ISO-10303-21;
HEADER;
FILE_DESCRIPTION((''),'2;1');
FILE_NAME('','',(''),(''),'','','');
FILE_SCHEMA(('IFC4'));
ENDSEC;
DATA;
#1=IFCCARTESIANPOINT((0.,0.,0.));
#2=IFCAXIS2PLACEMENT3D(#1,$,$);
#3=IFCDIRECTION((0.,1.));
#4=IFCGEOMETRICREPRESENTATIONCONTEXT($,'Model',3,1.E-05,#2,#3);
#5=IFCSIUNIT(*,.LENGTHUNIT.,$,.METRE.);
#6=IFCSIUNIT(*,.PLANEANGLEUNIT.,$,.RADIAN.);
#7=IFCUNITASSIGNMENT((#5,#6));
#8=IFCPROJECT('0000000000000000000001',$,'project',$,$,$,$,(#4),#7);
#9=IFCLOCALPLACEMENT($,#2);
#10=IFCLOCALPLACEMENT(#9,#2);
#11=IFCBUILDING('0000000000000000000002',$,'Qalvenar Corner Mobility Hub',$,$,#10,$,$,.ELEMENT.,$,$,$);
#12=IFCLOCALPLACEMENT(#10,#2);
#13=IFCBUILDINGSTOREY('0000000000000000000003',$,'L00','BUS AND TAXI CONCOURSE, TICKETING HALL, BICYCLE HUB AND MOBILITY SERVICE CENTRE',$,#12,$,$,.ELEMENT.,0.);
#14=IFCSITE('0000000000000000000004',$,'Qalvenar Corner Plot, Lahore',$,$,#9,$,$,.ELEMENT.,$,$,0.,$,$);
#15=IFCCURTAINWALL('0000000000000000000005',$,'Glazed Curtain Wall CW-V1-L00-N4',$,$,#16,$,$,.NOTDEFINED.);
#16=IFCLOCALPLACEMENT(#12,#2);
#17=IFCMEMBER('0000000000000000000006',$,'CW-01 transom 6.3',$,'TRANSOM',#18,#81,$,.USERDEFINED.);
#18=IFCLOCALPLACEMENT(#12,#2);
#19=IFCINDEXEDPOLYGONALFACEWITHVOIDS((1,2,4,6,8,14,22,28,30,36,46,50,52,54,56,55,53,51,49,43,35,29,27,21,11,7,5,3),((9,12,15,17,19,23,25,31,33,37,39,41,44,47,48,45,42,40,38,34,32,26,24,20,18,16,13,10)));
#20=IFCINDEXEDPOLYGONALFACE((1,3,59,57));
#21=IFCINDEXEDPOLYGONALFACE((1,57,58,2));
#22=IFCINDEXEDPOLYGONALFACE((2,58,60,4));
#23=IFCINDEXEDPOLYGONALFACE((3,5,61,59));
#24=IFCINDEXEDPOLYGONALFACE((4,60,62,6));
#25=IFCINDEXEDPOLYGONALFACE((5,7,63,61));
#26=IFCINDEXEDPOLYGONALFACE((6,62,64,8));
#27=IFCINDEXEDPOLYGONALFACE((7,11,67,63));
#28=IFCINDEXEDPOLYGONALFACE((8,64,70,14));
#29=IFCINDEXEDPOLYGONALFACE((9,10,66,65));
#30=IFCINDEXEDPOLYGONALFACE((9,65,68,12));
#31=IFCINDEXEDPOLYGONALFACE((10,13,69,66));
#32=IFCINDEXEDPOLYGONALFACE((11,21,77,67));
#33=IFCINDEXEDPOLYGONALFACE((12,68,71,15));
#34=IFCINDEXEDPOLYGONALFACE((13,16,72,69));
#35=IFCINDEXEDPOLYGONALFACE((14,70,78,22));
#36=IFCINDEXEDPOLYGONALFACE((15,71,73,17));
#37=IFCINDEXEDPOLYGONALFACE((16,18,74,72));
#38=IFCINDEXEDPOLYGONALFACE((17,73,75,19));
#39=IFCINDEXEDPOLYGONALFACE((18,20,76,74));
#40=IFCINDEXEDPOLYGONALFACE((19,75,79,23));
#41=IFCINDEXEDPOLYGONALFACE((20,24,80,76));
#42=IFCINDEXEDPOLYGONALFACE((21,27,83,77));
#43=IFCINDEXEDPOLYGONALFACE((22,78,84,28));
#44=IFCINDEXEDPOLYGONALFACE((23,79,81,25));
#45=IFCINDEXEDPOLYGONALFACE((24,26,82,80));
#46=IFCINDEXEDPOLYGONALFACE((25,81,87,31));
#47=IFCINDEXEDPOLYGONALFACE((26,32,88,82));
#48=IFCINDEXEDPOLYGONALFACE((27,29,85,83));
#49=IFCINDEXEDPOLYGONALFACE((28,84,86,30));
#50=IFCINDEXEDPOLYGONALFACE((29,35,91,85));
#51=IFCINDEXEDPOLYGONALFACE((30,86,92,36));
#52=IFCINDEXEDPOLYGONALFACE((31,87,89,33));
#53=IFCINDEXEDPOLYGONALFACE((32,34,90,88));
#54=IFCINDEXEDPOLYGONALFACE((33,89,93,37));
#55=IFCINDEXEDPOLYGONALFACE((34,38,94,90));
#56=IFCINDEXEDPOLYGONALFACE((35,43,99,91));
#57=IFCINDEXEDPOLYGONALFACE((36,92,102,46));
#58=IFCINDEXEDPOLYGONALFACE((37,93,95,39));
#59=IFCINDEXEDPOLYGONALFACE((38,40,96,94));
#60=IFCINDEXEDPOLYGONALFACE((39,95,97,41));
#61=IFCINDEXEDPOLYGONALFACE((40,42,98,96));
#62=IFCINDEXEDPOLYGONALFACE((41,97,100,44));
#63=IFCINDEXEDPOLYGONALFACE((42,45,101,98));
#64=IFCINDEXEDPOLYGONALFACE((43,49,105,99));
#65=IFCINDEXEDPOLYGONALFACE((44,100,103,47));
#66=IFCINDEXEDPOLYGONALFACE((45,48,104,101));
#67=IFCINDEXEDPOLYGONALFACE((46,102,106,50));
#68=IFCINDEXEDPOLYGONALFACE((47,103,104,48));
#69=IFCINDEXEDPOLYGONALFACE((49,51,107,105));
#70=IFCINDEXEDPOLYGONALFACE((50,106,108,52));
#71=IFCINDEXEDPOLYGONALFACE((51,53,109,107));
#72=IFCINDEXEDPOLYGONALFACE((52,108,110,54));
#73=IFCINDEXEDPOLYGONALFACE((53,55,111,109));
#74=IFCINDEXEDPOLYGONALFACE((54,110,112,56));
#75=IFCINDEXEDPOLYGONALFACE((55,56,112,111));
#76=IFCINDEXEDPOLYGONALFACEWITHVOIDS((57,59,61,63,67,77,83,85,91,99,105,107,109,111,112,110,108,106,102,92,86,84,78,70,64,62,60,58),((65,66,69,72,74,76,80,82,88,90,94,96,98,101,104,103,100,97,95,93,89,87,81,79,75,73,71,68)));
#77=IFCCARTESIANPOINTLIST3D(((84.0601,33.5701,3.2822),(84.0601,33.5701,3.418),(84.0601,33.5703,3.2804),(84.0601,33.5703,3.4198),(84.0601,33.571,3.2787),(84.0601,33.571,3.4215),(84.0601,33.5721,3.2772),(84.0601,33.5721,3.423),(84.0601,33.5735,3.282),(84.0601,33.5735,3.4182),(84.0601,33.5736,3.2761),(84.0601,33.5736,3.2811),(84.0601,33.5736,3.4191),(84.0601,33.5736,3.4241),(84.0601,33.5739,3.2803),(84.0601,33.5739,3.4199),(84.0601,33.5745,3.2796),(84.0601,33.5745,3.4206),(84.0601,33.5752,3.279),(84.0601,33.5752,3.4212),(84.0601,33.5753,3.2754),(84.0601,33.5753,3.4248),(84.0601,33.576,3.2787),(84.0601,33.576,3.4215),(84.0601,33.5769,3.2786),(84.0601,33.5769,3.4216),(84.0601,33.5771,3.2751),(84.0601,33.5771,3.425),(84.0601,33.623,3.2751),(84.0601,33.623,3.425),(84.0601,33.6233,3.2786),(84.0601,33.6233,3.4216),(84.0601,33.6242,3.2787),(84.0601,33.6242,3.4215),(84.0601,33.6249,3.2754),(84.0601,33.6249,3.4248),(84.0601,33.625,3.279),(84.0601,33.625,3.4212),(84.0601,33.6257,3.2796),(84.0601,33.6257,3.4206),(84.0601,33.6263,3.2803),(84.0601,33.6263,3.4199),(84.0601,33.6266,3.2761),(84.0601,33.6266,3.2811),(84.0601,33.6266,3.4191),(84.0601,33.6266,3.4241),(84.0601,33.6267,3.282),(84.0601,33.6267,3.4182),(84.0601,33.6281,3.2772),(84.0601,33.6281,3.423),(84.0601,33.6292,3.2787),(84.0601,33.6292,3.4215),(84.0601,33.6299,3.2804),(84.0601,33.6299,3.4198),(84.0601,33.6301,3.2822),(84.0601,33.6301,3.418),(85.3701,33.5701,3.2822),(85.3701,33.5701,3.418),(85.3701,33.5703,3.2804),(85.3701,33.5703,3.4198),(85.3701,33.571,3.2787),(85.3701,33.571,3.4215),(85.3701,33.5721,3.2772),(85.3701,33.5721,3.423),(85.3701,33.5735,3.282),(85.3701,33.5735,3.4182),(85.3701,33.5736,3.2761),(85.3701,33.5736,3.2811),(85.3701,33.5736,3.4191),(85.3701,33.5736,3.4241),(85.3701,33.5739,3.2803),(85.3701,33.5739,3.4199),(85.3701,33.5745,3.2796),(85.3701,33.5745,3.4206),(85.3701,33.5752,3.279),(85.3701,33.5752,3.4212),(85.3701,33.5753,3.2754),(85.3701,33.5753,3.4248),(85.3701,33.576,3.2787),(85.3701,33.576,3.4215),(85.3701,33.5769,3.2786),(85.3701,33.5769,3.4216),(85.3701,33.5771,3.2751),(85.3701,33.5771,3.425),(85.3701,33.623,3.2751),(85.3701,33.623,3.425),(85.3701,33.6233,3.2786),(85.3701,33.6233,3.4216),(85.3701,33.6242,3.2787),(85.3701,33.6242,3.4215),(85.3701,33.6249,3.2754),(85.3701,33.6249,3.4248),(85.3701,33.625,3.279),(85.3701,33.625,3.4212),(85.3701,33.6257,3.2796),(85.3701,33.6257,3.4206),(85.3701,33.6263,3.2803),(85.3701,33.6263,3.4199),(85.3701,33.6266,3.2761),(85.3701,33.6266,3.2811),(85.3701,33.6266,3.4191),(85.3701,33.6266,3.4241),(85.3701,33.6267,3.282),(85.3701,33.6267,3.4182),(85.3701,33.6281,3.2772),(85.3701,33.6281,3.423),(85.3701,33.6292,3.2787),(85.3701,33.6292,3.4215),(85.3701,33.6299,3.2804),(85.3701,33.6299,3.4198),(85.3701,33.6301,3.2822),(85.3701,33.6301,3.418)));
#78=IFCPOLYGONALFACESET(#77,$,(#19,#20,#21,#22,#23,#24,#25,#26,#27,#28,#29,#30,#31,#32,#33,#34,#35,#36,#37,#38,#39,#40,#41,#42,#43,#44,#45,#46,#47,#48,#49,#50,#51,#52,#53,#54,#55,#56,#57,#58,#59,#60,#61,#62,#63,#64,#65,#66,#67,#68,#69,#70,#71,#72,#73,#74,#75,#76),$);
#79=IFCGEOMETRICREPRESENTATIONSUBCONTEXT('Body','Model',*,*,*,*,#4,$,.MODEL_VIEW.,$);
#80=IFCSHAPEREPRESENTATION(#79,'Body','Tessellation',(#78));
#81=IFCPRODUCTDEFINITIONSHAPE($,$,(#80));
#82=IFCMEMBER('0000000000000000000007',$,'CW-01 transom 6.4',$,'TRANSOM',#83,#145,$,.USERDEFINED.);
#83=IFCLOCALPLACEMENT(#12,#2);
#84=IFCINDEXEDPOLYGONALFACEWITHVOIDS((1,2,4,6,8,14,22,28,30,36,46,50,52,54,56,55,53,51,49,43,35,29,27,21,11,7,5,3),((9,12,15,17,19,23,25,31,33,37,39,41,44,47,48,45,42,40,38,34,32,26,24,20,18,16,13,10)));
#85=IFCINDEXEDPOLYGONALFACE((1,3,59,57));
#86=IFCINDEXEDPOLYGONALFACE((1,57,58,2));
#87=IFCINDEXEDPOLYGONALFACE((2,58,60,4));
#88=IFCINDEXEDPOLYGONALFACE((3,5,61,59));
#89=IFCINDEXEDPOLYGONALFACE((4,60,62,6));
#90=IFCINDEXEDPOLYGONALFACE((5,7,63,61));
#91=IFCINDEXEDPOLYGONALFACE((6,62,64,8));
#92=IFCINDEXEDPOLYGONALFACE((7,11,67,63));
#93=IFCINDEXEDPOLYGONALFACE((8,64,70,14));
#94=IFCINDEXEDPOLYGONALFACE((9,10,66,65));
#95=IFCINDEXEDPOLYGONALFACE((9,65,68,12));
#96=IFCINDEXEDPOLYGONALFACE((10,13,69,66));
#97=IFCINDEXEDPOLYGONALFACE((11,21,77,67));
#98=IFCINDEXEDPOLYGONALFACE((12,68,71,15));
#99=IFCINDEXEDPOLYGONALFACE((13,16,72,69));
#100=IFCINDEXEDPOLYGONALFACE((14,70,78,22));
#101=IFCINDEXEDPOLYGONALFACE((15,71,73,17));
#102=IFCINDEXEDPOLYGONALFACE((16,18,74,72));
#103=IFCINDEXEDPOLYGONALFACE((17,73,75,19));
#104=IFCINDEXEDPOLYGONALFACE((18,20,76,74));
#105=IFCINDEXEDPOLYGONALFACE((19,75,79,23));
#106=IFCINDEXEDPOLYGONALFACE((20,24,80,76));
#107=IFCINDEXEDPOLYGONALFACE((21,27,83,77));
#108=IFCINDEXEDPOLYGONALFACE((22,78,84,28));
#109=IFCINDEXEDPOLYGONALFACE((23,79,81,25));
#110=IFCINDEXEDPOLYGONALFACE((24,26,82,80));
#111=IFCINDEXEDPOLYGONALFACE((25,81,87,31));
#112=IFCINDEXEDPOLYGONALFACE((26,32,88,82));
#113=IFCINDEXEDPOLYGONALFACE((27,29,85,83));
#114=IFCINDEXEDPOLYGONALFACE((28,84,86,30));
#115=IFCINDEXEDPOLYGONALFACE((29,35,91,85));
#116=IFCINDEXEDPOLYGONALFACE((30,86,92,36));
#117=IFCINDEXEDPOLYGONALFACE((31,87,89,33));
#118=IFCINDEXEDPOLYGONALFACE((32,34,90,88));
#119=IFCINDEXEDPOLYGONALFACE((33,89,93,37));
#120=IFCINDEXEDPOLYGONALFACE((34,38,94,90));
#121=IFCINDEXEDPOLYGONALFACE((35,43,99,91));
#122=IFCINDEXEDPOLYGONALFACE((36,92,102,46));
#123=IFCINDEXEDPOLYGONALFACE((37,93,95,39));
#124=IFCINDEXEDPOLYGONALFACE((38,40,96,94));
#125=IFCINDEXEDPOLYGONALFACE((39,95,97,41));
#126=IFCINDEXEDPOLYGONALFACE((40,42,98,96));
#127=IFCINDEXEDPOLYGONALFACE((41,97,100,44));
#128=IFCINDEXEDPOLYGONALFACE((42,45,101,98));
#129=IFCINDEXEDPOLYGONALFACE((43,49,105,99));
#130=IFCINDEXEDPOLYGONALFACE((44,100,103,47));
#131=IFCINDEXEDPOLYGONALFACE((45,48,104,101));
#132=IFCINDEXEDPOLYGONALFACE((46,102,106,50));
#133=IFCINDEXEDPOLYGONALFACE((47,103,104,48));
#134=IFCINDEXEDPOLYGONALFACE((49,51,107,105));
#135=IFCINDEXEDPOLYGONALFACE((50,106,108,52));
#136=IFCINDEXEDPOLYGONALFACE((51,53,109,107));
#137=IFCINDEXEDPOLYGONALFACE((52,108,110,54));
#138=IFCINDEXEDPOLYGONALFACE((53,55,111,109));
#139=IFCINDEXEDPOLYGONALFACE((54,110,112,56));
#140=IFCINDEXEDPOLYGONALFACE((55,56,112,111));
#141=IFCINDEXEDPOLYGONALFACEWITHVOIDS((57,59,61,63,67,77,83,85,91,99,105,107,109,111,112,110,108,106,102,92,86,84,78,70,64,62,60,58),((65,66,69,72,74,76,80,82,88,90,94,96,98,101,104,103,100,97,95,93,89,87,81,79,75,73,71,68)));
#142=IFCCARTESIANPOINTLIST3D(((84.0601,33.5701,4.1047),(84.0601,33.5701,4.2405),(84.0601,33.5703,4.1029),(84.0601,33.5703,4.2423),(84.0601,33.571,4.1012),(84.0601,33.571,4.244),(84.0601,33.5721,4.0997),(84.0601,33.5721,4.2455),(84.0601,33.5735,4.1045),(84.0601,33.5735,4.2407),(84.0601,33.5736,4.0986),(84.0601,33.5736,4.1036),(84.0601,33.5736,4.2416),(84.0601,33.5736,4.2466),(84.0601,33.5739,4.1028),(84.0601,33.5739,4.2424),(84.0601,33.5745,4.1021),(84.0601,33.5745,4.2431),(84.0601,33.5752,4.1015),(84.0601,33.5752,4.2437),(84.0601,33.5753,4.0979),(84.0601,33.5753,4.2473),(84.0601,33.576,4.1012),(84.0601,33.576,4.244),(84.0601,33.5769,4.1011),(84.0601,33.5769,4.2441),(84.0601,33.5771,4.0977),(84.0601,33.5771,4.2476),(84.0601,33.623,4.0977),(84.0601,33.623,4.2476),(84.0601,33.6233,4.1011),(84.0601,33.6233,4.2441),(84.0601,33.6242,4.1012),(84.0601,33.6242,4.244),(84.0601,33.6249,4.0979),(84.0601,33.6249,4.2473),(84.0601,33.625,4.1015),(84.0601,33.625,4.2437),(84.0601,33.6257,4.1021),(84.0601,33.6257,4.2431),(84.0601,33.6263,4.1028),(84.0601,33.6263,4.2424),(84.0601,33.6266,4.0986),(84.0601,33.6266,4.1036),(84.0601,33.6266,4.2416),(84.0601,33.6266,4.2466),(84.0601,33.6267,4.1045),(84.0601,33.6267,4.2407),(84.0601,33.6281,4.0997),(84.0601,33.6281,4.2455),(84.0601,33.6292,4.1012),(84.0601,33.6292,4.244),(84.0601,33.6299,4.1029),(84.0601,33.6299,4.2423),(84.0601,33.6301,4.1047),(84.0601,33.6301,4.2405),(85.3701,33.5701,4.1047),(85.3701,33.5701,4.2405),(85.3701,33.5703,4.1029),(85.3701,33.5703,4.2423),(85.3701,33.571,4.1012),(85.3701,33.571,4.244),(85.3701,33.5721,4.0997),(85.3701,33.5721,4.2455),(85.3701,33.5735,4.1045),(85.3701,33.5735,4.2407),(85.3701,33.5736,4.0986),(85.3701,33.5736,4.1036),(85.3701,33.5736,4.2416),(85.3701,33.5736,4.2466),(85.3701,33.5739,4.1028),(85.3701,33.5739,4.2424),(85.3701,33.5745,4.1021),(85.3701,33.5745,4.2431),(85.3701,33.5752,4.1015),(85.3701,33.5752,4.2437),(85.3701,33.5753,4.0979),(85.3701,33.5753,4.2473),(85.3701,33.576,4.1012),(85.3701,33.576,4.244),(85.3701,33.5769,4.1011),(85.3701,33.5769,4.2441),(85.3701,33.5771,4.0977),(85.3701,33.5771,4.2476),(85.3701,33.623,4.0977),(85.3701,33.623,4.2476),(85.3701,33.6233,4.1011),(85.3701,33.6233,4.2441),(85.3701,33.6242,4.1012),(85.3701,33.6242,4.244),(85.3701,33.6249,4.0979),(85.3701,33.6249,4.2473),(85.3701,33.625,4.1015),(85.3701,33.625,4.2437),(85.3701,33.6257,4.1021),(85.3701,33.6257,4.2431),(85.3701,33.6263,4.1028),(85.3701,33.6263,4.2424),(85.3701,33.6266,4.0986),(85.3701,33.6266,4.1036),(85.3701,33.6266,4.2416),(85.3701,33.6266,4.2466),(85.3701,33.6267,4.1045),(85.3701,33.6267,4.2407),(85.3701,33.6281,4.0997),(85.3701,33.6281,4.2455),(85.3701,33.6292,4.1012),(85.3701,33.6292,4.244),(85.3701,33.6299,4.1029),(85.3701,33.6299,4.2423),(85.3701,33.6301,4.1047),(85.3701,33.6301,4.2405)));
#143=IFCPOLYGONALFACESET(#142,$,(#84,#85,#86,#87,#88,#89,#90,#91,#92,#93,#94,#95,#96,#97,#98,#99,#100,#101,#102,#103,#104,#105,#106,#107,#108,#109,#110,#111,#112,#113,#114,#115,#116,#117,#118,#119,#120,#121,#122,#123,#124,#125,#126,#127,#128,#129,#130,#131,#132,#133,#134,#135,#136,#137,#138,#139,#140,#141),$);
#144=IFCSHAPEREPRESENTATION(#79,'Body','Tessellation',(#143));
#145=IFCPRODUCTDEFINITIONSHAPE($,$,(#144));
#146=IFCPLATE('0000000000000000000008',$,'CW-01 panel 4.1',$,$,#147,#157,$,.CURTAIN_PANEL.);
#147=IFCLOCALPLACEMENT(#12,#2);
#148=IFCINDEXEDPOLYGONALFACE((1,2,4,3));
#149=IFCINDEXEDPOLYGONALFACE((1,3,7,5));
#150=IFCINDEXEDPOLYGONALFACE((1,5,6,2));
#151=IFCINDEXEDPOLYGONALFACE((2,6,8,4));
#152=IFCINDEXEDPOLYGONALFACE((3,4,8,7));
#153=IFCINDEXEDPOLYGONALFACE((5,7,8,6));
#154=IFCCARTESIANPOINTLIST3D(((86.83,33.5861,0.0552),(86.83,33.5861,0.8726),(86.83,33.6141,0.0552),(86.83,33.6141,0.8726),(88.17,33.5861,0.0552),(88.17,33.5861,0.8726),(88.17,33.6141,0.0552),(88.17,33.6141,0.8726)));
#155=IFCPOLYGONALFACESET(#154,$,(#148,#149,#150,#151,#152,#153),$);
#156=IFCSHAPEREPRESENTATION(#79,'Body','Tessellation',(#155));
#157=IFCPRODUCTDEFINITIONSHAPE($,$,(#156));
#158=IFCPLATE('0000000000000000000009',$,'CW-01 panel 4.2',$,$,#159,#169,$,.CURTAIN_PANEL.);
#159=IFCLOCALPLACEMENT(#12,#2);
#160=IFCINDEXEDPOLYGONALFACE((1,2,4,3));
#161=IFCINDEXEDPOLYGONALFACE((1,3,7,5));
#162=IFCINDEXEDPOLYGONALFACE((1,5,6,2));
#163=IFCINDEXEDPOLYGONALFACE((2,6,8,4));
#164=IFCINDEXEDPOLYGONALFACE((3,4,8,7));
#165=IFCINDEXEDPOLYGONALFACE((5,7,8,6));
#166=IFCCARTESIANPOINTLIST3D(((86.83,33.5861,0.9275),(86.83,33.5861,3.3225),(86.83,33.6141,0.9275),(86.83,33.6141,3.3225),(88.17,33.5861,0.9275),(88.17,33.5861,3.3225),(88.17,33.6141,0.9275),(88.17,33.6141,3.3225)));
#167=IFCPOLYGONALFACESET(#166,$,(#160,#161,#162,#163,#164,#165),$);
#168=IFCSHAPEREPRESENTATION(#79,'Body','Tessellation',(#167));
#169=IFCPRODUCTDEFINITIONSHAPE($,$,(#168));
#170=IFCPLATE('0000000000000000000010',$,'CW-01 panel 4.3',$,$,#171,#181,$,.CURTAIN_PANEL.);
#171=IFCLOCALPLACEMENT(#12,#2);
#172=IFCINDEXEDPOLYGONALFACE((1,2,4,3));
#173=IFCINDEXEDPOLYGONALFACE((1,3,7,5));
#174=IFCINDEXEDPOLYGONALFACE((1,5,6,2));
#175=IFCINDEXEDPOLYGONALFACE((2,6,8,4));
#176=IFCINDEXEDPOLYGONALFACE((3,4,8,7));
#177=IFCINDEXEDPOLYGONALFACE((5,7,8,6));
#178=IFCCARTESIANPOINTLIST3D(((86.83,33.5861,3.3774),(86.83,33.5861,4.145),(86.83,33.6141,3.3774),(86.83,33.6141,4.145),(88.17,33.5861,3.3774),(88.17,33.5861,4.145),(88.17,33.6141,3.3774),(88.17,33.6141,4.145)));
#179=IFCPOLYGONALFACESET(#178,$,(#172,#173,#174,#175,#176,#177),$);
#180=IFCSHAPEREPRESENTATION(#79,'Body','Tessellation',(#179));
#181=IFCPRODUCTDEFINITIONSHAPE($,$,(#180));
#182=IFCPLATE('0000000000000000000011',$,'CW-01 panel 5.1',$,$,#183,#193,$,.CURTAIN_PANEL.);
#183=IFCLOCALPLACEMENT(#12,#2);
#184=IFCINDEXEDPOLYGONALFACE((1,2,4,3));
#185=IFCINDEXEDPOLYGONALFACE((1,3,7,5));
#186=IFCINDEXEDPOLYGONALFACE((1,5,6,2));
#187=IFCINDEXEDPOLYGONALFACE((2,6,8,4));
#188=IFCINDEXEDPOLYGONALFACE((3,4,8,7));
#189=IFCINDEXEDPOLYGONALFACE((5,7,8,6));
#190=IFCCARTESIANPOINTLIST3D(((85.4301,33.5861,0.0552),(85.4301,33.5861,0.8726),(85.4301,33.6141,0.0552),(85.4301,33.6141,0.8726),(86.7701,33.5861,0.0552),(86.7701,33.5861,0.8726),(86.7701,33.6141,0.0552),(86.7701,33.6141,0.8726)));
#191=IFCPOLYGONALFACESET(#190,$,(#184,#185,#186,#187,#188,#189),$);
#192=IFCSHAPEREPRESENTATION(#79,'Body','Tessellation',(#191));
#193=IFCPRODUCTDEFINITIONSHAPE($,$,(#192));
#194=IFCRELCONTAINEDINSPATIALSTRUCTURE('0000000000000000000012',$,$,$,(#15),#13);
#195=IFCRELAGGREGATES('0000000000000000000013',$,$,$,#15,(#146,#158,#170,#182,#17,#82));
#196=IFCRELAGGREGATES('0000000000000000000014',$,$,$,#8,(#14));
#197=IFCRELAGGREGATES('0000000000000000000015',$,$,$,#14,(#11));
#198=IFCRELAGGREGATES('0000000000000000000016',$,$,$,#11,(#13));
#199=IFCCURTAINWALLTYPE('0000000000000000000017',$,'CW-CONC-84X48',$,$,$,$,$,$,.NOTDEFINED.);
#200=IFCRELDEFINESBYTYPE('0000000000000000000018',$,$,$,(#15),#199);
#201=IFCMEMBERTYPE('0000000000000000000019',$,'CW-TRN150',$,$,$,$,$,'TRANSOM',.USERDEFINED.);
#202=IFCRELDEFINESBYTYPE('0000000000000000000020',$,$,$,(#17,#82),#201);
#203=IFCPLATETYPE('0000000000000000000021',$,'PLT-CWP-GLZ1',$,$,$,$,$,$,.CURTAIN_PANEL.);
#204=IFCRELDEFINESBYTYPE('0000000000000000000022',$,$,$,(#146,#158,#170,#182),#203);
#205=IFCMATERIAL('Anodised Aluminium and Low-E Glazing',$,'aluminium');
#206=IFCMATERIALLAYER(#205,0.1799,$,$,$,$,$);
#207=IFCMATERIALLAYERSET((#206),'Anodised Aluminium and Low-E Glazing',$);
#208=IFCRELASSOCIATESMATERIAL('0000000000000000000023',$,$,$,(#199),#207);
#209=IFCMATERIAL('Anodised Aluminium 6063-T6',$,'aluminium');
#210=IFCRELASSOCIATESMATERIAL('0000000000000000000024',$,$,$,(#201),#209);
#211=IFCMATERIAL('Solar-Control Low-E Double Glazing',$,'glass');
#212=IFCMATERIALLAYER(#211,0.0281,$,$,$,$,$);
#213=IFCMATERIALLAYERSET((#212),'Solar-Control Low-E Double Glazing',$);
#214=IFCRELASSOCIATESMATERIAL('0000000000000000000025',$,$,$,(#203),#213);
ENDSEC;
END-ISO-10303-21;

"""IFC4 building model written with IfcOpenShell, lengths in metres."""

from ifc_helpers import new_model, si_unit, direction, frame, origin, origin_2d, place, context, subcontext, project, spatial, rectangle, hollow_rectangle, extrude, material, layer, layer_set, material_profile, profile_set, type_object, element, aggregate, save


model = new_model("IFC4")

# Units and contexts
model_context = context("Model", 3, precision=1e-05, world=origin(), true_north=direction((0.0, 1.0)))
body_context = subcontext(model_context, "Body", "Model", "MODEL_VIEW")
ifc_project = project(units=[si_unit("LENGTHUNIT", "METRE"), si_unit("PLANEANGLEUNIT", "RADIAN")], contexts=[model_context])

# Site, building, storey
site_placement = place(None, origin())
site = spatial("IfcSite", under=ifc_project, at=site_placement, Name="Qalvenar Corner Plot, Lahore", CompositionType="ELEMENT", RefElevation=0.0)
building_placement = place(site_placement, origin())
building = spatial("IfcBuilding", under=site, at=building_placement, Name="Qalvenar Corner Mobility Hub", CompositionType="ELEMENT")
storey_placement = place(building_placement, origin())
storey = spatial("IfcBuildingStorey", under=building, at=storey_placement, Name="L00", Description="BUS AND TAXI CONCOURSE, TICKETING HALL, BICYCLE HUB AND MOBILITY SERVICE CENTRE", CompositionType="ELEMENT", Elevation=0.0)

# Curtain wall, members, plates
ifc_material_1 = material(Name="Anodised Aluminium and Low-E Glazing", Category="aluminium")
ifc_layer_1 = layer(ifc_material_1, 0.1799)
ifc_layer_set_1 = layer_set([ifc_layer_1], Name="Anodised Aluminium and Low-E Glazing")
curtain_wall_type = type_object("IfcCurtainWallType", Name="CW-CONC-84X48", PredefinedType="NOTDEFINED", material=ifc_layer_set_1)
curtain_wall_placement = place(storey_placement, origin())
curtain_wall = element("IfcCurtainWall", 1, at=curtain_wall_placement, inside=storey, type_object=curtain_wall_type, Name="Glazed Curtain Wall CW-V1-L00-N4", PredefinedType="NOTDEFINED")
ifc_material_2 = material(Name="Anodised Aluminium 6063-T6", Category="aluminium")
ifc_material_profile_1 = material_profile(ifc_material_2, hollow_rectangle(XDim=0.0601, YDim=0.1499, WallThickness=0.0034, InnerFilletRadius=0.0034, OuterFilletRadius=0.0071, at=origin_2d()), Name="RHS150x60x3.5")
ifc_profile_set_1 = profile_set([ifc_material_profile_1], Name="Anodised Aluminium 6063-T6")
member_type_1 = type_object("IfcMemberType", Name="CW-TRN150", ElementType="TRANSOM", PredefinedType="USERDEFINED", material=ifc_profile_set_1)
member_1_placement = place(storey_placement, frame((85.3701, 33.6001, 3.3501), z_axis=(-1.0, 0.0, 0.0), x_axis=(0.0, -1.0, 0.0)))
member_1 = element("IfcMember", 2, at=member_1_placement, type_object=member_type_1, Name="CW-01 transom 6.3", ObjectType="TRANSOM", PredefinedType="USERDEFINED", context=body_context, shape_type="SweptSolid", body=[
    extrude(hollow_rectangle(XDim=0.0601, YDim=0.1499, WallThickness=0.0034, InnerFilletRadius=0.0034, OuterFilletRadius=0.0071, at=origin_2d()), origin(), (0.0, 0.0, 1.0), 1.3101),
])
member_2_placement = place(storey_placement, frame((85.3701, 33.6001, 4.1726), z_axis=(-1.0, 0.0, 0.0), x_axis=(0.0, -1.0, 0.0)))
member_2 = element("IfcMember", 3, at=member_2_placement, type_object=member_type_1, Name="CW-01 transom 6.4", ObjectType="TRANSOM", PredefinedType="USERDEFINED", context=body_context, shape_type="SweptSolid", body=[
    extrude(hollow_rectangle(XDim=0.0601, YDim=0.1499, WallThickness=0.0034, InnerFilletRadius=0.0034, OuterFilletRadius=0.0071, at=origin_2d()), origin(), (0.0, 0.0, 1.0), 1.3101),
])
ifc_material_3 = material(Name="Solar-Control Low-E Double Glazing", Category="glass")
ifc_layer_2 = layer(ifc_material_3, 0.0281)
ifc_layer_set_2 = layer_set([ifc_layer_2], Name="Solar-Control Low-E Double Glazing")
plate_type = type_object("IfcPlateType", Name="PLT-CWP-GLZ1", PredefinedType="CURTAIN_PANEL", material=ifc_layer_set_2)
plate_1_placement = place(storey_placement, frame((87.5, 33.6001, 0.0552), z_axis=(0.0, 0.0, 1.0), x_axis=(-1.0, 0.0, 0.0)))
plate_1 = element("IfcPlate", 4, at=plate_1_placement, type_object=plate_type, Name="CW-01 panel 4.1", PredefinedType="CURTAIN_PANEL", context=body_context, shape_type="SweptSolid", body=[
    extrude(rectangle(XDim=1.3401, YDim=0.0281, at=origin_2d()), origin(), (0.0, 0.0, 1.0), 0.8174),
])
plate_2_placement = place(storey_placement, frame((87.5, 33.6001, 0.9275), z_axis=(0.0, 0.0, 1.0), x_axis=(-1.0, 0.0, 0.0)))
plate_2 = element("IfcPlate", 5, at=plate_2_placement, type_object=plate_type, Name="CW-01 panel 4.2", PredefinedType="CURTAIN_PANEL", context=body_context, shape_type="SweptSolid", body=[
    extrude(rectangle(XDim=1.3401, YDim=0.0281, at=origin_2d()), origin(), (0.0, 0.0, 1.0), 2.395),
])
plate_3_placement = place(storey_placement, frame((87.5, 33.6001, 3.3774), z_axis=(0.0, 0.0, 1.0), x_axis=(-1.0, 0.0, 0.0)))
plate_3 = element("IfcPlate", 6, at=plate_3_placement, type_object=plate_type, Name="CW-01 panel 4.3", PredefinedType="CURTAIN_PANEL", context=body_context, shape_type="SweptSolid", body=[
    extrude(rectangle(XDim=1.3401, YDim=0.0281, at=origin_2d()), origin(), (0.0, 0.0, 1.0), 0.7676),
])
plate_4_placement = place(storey_placement, frame((86.1001, 33.6001, 0.0552), z_axis=(0.0, 0.0, 1.0), x_axis=(-1.0, 0.0, 0.0)))
plate_4 = element("IfcPlate", 7, at=plate_4_placement, type_object=plate_type, Name="CW-01 panel 5.1", PredefinedType="CURTAIN_PANEL", context=body_context, shape_type="SweptSolid", body=[
    extrude(rectangle(XDim=1.3401, YDim=0.0281, at=origin_2d()), origin(), (0.0, 0.0, 1.0), 0.8174),
])
aggregate(curtain_wall, [plate_1, plate_2, plate_3, plate_4, member_1, member_2])

save(model, "model.ifc")
